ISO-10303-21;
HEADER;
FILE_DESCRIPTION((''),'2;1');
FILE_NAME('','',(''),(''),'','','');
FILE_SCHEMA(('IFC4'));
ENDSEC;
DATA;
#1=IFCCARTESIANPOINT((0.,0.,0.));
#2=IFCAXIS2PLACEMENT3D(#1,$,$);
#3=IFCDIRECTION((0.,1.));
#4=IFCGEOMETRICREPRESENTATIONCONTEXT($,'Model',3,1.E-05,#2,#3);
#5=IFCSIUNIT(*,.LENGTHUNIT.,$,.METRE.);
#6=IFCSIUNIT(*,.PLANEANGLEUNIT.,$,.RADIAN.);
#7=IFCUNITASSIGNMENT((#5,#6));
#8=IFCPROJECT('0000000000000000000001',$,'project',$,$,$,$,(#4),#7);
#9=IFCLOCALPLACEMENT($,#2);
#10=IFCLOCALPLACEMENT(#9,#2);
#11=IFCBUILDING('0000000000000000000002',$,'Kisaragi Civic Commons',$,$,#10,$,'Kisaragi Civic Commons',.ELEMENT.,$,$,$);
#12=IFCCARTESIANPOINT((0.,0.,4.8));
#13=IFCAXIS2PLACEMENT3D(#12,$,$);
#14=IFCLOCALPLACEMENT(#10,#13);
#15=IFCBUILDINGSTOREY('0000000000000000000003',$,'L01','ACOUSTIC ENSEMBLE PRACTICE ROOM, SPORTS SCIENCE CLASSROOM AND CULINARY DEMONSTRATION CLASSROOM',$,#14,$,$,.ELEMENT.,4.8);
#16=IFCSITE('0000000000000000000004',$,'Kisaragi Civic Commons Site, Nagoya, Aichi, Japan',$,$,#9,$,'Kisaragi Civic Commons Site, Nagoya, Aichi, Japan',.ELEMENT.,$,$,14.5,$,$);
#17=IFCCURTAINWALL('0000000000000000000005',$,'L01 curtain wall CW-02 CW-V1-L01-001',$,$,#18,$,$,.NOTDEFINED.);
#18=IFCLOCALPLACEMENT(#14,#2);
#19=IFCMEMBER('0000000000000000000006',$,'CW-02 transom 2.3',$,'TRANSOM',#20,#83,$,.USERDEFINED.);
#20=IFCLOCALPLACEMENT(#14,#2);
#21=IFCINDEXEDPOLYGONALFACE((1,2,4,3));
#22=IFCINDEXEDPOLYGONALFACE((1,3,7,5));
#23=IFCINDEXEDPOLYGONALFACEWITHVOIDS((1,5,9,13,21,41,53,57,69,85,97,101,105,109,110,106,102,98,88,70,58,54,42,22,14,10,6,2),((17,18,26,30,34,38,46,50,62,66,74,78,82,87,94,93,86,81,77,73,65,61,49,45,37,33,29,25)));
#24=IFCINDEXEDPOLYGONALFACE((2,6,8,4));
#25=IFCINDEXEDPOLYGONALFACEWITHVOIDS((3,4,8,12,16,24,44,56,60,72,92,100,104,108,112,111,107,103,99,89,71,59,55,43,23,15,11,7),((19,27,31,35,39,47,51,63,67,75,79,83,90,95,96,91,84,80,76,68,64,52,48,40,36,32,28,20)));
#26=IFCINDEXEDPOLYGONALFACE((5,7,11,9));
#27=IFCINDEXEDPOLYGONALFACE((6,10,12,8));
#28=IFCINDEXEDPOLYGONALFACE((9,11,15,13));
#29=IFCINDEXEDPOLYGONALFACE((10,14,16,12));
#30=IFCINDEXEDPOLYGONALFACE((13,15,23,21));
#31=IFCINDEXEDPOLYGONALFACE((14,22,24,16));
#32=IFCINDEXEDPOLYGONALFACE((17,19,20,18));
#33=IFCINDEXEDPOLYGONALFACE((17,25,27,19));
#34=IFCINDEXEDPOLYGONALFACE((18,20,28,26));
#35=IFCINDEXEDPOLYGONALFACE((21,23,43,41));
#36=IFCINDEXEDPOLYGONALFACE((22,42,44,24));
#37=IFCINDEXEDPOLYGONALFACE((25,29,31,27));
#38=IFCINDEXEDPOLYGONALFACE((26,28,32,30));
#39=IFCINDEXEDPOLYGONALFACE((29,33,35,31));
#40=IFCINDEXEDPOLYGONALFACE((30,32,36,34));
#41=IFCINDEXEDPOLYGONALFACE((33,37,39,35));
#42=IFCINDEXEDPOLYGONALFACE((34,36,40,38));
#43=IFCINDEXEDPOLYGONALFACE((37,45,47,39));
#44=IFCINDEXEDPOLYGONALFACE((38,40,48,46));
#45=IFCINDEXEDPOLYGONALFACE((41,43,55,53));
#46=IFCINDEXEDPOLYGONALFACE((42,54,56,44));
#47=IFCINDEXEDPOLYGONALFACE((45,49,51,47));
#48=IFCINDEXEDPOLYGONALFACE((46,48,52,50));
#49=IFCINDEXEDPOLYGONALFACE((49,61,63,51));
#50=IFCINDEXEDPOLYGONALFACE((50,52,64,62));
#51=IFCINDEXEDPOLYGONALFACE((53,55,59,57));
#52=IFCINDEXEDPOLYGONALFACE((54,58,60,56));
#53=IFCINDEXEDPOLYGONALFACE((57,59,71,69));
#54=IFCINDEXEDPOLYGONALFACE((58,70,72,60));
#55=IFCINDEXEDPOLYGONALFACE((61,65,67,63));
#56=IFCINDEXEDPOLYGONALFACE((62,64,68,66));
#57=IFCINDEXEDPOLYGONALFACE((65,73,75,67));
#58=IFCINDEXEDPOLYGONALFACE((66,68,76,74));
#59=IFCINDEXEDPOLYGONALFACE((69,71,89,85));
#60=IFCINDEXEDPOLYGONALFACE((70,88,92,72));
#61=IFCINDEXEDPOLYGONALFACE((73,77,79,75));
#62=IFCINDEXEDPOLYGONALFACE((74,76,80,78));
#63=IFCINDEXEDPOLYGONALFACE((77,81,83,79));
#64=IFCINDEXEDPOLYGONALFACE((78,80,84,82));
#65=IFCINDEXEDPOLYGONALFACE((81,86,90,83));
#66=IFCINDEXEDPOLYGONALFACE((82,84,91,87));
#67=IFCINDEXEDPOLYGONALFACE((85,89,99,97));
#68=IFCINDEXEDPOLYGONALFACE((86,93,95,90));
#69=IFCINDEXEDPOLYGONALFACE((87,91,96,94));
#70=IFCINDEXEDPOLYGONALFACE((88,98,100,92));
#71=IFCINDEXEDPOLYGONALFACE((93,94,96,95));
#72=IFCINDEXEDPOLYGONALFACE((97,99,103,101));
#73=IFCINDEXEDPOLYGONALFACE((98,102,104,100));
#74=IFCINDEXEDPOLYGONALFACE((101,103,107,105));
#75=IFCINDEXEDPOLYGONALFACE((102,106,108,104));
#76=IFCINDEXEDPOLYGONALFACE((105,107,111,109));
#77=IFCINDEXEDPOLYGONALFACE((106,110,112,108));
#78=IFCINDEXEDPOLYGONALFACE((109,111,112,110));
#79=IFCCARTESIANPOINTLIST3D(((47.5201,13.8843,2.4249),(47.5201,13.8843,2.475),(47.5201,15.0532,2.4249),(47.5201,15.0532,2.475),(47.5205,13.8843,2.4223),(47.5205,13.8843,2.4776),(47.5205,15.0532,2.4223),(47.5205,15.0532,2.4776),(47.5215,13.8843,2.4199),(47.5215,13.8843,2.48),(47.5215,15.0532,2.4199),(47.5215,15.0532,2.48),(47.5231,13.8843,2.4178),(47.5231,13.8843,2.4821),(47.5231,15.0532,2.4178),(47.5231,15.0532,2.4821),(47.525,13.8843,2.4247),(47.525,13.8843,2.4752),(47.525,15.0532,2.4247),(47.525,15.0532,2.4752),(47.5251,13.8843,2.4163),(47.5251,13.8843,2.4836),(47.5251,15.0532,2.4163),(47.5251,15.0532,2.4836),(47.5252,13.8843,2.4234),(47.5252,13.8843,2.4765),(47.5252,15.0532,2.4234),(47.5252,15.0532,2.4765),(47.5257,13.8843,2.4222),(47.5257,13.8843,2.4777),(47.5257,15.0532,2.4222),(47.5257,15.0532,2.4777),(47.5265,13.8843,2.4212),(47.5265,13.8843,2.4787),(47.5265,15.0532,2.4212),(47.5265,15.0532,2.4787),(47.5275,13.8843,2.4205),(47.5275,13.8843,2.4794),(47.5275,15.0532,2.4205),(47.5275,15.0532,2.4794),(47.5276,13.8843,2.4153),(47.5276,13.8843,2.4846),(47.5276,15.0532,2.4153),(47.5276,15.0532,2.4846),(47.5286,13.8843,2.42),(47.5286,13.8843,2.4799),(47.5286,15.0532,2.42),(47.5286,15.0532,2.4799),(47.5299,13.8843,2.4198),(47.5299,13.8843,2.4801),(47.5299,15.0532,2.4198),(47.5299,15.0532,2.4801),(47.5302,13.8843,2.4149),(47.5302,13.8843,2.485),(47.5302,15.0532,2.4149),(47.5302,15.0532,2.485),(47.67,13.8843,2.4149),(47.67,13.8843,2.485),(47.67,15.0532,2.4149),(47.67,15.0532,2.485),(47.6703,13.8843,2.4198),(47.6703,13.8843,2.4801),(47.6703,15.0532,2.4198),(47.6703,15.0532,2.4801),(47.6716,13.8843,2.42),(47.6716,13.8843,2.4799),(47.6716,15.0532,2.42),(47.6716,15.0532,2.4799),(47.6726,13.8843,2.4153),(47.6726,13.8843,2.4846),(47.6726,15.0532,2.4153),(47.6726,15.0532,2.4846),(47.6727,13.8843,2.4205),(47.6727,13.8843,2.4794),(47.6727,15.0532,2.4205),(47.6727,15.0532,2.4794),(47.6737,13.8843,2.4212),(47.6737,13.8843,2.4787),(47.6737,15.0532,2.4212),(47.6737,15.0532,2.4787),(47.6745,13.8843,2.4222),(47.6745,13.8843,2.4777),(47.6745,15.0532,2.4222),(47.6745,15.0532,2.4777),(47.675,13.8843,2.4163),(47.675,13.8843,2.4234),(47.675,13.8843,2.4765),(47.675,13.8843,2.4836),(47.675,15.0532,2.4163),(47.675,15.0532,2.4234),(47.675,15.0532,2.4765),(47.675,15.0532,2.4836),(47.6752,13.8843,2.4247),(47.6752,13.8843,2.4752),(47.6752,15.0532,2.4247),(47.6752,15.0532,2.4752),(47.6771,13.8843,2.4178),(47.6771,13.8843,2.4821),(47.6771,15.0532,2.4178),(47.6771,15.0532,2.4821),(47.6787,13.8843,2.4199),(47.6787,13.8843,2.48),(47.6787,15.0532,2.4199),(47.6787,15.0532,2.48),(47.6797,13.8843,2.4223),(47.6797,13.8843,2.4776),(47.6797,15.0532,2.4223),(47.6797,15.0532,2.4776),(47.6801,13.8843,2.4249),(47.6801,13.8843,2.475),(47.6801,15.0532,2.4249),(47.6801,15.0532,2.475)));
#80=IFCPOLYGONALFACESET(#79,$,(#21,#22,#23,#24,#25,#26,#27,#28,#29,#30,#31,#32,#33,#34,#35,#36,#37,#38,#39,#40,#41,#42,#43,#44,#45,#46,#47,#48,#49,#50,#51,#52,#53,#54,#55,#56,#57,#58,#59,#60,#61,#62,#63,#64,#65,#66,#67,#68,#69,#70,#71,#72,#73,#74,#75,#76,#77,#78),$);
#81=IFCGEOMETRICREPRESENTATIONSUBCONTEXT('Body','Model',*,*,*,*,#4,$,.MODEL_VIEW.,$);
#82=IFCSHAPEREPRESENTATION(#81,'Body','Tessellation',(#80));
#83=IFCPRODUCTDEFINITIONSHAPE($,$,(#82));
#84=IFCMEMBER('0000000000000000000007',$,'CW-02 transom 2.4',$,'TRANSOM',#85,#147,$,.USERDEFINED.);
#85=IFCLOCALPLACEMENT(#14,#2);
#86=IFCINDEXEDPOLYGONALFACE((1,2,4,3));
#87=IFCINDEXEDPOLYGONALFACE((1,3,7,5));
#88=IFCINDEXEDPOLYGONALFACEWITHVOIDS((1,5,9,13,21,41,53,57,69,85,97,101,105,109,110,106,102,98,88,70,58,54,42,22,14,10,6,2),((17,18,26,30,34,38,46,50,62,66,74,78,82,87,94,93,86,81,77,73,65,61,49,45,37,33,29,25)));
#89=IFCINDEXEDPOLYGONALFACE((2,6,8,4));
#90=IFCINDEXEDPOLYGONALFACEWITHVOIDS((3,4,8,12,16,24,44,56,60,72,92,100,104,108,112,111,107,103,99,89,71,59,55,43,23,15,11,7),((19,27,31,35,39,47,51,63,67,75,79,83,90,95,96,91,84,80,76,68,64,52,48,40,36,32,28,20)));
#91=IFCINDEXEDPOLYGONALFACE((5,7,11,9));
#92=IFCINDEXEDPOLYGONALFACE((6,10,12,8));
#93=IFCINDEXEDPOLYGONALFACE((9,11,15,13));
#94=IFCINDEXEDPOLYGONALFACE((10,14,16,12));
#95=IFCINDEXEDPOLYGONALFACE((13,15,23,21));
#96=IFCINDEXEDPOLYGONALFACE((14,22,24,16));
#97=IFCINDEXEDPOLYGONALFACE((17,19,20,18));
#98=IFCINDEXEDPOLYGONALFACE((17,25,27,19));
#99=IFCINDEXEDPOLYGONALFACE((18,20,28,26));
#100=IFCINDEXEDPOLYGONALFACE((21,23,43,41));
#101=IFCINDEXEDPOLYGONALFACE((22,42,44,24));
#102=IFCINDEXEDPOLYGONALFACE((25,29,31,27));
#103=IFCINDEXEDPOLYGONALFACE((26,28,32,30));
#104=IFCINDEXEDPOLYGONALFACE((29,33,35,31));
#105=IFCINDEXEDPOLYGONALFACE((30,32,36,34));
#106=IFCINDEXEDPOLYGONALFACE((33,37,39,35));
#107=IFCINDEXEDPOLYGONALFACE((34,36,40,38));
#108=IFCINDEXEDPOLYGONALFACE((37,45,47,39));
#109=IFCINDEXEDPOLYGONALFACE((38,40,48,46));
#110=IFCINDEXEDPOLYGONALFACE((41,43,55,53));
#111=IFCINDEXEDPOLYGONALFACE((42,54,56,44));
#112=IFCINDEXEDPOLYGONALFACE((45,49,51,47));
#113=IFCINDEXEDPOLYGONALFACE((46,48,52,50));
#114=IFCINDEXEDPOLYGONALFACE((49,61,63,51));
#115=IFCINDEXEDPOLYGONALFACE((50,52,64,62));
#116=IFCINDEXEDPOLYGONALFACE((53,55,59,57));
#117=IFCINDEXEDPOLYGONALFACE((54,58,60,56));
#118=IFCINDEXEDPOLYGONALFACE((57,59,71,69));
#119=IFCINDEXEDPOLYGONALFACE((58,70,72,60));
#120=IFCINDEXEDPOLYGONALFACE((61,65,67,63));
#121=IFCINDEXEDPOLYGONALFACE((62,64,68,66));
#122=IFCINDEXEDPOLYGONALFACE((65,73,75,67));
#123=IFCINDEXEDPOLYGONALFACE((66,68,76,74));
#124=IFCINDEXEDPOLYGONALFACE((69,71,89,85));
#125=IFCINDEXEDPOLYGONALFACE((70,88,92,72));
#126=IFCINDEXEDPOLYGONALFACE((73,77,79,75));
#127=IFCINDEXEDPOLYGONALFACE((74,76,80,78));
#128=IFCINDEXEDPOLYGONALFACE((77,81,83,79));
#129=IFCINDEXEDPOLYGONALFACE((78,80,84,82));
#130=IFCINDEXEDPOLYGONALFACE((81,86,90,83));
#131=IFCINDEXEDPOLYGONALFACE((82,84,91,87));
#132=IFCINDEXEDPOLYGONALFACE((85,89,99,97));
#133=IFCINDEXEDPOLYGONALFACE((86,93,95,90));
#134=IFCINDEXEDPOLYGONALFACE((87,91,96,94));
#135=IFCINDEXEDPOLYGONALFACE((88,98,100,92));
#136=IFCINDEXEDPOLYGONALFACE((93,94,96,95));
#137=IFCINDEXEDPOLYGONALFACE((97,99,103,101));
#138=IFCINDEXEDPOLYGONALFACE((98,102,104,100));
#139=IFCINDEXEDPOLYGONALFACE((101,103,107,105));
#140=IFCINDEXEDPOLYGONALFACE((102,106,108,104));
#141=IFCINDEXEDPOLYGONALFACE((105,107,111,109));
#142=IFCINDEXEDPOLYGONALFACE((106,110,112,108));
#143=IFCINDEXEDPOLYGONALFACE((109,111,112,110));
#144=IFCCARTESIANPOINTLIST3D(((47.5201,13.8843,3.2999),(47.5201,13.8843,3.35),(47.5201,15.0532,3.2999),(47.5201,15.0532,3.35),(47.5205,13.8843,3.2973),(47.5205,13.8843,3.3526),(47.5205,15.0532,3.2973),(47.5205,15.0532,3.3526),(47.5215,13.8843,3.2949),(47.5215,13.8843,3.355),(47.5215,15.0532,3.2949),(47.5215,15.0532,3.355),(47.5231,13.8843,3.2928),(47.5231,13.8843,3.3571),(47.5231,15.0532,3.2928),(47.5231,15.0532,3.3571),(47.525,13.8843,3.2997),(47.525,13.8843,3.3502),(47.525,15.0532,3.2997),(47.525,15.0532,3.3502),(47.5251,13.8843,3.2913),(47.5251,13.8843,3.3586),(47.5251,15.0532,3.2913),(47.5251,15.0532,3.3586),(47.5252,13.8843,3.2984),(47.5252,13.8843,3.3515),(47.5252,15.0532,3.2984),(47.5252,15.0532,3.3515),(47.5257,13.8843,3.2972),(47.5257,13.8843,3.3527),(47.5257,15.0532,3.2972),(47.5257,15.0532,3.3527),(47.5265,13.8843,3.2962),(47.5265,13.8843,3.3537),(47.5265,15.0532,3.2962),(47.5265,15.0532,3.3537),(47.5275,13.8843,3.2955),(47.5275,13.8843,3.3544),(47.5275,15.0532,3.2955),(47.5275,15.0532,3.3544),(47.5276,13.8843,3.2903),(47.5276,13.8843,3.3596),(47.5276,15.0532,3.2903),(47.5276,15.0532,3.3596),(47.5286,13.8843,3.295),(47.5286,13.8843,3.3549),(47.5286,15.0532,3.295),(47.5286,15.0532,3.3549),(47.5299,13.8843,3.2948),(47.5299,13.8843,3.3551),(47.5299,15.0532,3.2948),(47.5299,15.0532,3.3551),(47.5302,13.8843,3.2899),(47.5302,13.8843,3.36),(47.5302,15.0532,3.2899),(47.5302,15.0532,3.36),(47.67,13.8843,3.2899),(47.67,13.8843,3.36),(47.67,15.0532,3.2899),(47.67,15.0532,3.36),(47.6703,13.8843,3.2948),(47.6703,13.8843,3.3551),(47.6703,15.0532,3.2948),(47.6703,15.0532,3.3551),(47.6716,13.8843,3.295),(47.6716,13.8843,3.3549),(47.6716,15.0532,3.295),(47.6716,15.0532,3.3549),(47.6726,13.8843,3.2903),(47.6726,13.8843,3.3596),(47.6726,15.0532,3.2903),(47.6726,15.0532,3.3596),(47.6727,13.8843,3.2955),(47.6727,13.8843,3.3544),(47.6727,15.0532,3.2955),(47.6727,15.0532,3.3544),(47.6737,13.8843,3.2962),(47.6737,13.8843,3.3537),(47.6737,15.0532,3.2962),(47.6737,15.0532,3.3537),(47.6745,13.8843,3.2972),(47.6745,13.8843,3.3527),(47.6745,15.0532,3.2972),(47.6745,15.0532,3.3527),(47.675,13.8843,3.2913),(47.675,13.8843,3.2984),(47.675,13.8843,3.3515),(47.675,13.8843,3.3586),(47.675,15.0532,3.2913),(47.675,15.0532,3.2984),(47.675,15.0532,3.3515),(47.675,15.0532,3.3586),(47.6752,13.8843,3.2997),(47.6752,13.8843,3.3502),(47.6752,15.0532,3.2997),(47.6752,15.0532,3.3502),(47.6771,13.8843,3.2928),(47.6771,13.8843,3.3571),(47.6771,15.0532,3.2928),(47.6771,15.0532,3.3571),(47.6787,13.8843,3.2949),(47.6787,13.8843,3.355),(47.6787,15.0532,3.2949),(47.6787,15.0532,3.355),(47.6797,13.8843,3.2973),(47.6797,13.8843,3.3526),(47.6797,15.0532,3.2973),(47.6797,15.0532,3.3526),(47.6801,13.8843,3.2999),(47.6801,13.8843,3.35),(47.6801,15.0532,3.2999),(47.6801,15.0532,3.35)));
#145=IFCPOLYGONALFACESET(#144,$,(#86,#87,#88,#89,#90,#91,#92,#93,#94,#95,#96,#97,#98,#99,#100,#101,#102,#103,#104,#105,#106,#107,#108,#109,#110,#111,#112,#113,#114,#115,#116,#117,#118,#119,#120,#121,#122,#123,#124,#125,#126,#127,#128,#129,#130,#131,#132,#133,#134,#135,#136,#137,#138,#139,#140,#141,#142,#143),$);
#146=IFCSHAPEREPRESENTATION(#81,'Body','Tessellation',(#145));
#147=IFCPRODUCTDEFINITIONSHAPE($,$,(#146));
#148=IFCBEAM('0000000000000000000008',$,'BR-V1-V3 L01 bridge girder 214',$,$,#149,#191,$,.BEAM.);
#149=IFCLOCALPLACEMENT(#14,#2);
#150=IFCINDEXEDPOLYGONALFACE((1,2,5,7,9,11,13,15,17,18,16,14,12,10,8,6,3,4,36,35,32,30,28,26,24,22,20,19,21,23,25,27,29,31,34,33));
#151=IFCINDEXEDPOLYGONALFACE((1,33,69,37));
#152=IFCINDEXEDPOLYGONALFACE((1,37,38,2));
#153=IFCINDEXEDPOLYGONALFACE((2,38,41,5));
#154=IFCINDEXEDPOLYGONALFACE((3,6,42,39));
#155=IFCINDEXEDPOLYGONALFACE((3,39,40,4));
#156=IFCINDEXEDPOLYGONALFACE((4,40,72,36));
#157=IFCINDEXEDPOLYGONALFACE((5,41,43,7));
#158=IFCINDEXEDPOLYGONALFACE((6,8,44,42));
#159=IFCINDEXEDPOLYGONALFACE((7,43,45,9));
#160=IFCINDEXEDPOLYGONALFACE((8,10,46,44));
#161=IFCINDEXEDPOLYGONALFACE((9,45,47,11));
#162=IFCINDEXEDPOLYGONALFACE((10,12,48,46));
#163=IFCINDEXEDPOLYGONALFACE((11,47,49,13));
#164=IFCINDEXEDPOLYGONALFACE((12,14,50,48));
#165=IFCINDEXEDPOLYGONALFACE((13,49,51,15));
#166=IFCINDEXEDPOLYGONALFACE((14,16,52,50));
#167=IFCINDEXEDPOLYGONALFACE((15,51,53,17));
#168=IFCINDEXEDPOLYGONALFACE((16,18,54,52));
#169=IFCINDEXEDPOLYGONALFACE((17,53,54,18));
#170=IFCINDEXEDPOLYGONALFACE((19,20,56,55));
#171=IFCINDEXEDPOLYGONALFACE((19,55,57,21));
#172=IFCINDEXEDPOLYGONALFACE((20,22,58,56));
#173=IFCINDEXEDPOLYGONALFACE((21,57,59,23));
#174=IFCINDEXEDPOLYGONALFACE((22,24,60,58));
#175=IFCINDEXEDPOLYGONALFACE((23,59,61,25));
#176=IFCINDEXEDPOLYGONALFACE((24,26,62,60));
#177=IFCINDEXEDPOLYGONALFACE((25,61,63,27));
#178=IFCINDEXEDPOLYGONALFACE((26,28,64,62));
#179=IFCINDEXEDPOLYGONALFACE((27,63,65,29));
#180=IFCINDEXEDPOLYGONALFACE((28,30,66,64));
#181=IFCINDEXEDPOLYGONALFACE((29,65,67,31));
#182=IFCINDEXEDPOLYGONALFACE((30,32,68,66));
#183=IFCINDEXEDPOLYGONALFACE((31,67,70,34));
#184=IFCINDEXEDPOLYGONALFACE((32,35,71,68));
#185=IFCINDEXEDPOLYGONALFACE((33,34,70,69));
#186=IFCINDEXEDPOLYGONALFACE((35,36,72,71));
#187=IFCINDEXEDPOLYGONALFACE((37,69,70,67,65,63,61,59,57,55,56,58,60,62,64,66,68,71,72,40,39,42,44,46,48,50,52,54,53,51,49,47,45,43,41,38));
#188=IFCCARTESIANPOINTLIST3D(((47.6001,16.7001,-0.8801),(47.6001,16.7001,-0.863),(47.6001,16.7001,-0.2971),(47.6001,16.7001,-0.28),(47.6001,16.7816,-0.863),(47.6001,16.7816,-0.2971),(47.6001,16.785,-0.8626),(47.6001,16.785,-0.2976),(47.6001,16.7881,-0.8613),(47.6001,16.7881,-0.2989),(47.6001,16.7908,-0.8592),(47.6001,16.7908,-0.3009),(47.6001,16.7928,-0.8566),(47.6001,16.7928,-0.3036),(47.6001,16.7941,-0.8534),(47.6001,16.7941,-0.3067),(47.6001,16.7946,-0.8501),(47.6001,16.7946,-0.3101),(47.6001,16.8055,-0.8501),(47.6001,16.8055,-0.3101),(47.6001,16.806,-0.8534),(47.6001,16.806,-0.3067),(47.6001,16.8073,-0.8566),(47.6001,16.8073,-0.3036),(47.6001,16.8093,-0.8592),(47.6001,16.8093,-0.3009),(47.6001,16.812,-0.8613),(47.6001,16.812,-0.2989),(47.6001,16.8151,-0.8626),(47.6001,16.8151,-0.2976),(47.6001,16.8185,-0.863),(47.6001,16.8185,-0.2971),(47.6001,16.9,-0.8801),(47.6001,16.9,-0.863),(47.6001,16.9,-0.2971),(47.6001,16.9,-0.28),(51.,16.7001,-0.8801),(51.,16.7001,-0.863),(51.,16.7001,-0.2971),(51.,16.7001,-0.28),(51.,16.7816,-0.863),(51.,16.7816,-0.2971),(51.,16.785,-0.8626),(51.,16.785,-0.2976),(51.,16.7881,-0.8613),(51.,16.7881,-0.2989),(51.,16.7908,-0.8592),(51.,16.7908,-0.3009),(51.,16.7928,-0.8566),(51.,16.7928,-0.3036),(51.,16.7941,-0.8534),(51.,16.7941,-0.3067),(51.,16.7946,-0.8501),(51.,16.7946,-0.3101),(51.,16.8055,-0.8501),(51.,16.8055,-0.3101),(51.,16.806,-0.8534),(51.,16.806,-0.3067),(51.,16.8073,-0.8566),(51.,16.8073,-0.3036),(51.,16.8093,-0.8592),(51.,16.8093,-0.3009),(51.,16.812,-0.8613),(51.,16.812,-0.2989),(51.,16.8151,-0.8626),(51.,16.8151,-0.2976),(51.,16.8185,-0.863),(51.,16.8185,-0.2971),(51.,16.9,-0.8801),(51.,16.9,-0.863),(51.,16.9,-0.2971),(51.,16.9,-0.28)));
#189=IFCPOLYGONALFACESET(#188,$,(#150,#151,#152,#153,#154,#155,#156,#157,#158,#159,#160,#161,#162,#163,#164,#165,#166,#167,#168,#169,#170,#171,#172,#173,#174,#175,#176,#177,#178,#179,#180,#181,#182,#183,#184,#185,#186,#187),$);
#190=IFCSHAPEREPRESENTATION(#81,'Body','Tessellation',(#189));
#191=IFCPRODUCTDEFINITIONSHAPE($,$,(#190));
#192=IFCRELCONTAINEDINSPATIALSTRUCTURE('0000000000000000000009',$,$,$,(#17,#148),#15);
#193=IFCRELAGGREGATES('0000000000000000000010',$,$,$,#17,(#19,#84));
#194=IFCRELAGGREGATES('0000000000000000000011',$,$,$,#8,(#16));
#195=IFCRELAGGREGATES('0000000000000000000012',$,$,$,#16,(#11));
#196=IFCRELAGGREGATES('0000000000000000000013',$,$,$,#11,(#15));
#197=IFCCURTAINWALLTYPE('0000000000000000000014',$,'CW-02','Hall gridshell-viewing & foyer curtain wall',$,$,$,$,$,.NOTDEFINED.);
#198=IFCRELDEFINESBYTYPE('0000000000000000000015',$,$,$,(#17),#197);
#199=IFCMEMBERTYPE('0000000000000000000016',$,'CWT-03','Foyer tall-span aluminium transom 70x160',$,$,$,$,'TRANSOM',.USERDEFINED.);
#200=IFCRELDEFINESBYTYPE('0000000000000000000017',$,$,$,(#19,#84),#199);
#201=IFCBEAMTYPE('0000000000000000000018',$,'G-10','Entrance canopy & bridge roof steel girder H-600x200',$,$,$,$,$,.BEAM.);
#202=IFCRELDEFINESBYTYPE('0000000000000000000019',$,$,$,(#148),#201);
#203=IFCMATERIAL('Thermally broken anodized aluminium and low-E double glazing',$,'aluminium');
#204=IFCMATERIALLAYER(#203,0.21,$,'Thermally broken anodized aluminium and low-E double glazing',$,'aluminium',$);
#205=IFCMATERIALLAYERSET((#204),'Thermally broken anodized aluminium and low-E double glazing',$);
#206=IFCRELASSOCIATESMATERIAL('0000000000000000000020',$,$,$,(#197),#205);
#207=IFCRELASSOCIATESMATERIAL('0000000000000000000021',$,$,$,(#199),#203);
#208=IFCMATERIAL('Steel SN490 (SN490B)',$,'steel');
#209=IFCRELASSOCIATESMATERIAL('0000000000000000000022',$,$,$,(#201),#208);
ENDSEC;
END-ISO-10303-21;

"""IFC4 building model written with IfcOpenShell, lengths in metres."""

from ifc_helpers import new_model, si_unit, direction, frame, origin, origin_2d, place, context, subcontext, project, spatial, hollow_rectangle, i_section, extrude, material, layer, layer_set, material_profile, profile_set, type_object, element, aggregate, save


model = new_model("IFC4")

# Units and contexts
model_context = context("Model", 3, precision=1e-05, world=origin(), true_north=direction((0.0, 1.0)))
body_context = subcontext(model_context, "Body", "Model", "MODEL_VIEW")
ifc_project = project(units=[si_unit("LENGTHUNIT", "METRE"), si_unit("PLANEANGLEUNIT", "RADIAN")], contexts=[model_context])

# Site, building, storey
site_placement = place(None, origin())
site = spatial("IfcSite", under=ifc_project, at=site_placement, Name="Kisaragi Civic Commons Site, Nagoya, Aichi, Japan", LongName="Kisaragi Civic Commons Site, Nagoya, Aichi, Japan", CompositionType="ELEMENT", RefElevation=14.5)
building_placement = place(site_placement, origin())
building = spatial("IfcBuilding", under=site, at=building_placement, Name="Kisaragi Civic Commons", LongName="Kisaragi Civic Commons", CompositionType="ELEMENT")
storey_placement = place(building_placement, frame((0.0, 0.0, 4.8)))
storey = spatial("IfcBuildingStorey", under=building, at=storey_placement, Name="L01", Description="ACOUSTIC ENSEMBLE PRACTICE ROOM, SPORTS SCIENCE CLASSROOM AND CULINARY DEMONSTRATION CLASSROOM", CompositionType="ELEMENT", Elevation=4.8)

# Curtain wall, members
ifc_material_1 = material(Name="Thermally broken anodized aluminium and low-E double glazing", Category="aluminium")
ifc_layer_1 = layer(ifc_material_1, 0.21, Name="Thermally broken anodized aluminium and low-E double glazing", Category="aluminium")
ifc_layer_set_1 = layer_set([ifc_layer_1], Name="Thermally broken anodized aluminium and low-E double glazing")
curtain_wall_type = type_object("IfcCurtainWallType", Name="CW-02", Description="Hall gridshell-viewing & foyer curtain wall", PredefinedType="NOTDEFINED", material=ifc_layer_set_1)
curtain_wall_placement = place(storey_placement, origin())
curtain_wall = element("IfcCurtainWall", 1, at=curtain_wall_placement, inside=storey, type_object=curtain_wall_type, Name="L01 curtain wall CW-02 CW-V1-L01-001", PredefinedType="NOTDEFINED")
ifc_material_profile_1 = material_profile(ifc_material_1, hollow_rectangle(XDim=0.1599, YDim=0.0701, WallThickness=0.0049, InnerFilletRadius=0.0049, OuterFilletRadius=0.01, at=origin_2d()), Name="CWT-70x160x5", Category="aluminium")
ifc_profile_set_1 = profile_set([ifc_material_profile_1], Name="Thermally broken anodized aluminium and low-E double glazing")
member_type_1 = type_object("IfcMemberType", Name="CWT-03", Description="Foyer tall-span aluminium transom 70x160", ElementType="TRANSOM", PredefinedType="USERDEFINED", material=ifc_profile_set_1)
member_1_placement = place(storey_placement, frame((47.6001, 15.0532, 2.45), z_axis=(0.0, -1.0, 0.0), x_axis=(1.0, 0.0, 0.0)))
member_1 = element("IfcMember", 2, at=member_1_placement, type_object=member_type_1, Name="CW-02 transom 2.3", ObjectType="TRANSOM", PredefinedType="USERDEFINED", context=body_context, shape_type="SweptSolid", body=[
    extrude(hollow_rectangle(XDim=0.1599, YDim=0.0701, WallThickness=0.0049, InnerFilletRadius=0.0049, OuterFilletRadius=0.01, at=origin_2d()), origin(), (0.0, 0.0, 1.0), 1.1689),
])
member_2_placement = place(storey_placement, frame((47.6001, 15.0532, 3.325), z_axis=(0.0, -1.0, 0.0), x_axis=(1.0, 0.0, 0.0)))
member_2 = element("IfcMember", 3, at=member_2_placement, type_object=member_type_1, Name="CW-02 transom 2.4", ObjectType="TRANSOM", PredefinedType="USERDEFINED", context=body_context, shape_type="SweptSolid", body=[
    extrude(hollow_rectangle(XDim=0.1599, YDim=0.0701, WallThickness=0.0049, InnerFilletRadius=0.0049, OuterFilletRadius=0.01, at=origin_2d()), origin(), (0.0, 0.0, 1.0), 1.1689),
])

# Beam
ifc_material_2 = material(Name="Steel SN490 (SN490B)", Category="steel")
ifc_material_profile_2 = material_profile(ifc_material_2, i_section(OverallWidth=0.2, OverallDepth=0.6001, WebThickness=0.011, FlangeThickness=0.0171, FilletRadius=0.0129, at=origin_2d()), Name="H-600x200x11x17", Category="steel")
ifc_profile_set_2 = profile_set([ifc_material_profile_2], Name="Steel SN490 (SN490B)")
beam_type_1 = type_object("IfcBeamType", Name="G-10", Description="Entrance canopy & bridge roof steel girder H-600x200", PredefinedType="BEAM", material=ifc_profile_set_2)
for number, where, z_axis, x_axis, name in (
    (4, (47.6001, 16.8, -0.5801), (1.0, 0.0, 0.0), (0.0, 1.0, 0.0), "BR-V1-V3 L01 bridge girder 214"),
):
    element("IfcBeam", number, at=place(storey_placement, frame(where, z_axis=z_axis, x_axis=x_axis)), inside=storey, type_object=beam_type_1, Name=name, PredefinedType="BEAM", context=body_context, shape_type="SweptSolid", body=[
        extrude(i_section(OverallWidth=0.2, OverallDepth=0.6001, WebThickness=0.011, FlangeThickness=0.0171, FilletRadius=0.0129, at=origin_2d()), origin(), (0.0, 0.0, 1.0), 3.3999),
    ])

aggregate(curtain_wall, [member_1, member_2])

save(model, "model.ifc")
